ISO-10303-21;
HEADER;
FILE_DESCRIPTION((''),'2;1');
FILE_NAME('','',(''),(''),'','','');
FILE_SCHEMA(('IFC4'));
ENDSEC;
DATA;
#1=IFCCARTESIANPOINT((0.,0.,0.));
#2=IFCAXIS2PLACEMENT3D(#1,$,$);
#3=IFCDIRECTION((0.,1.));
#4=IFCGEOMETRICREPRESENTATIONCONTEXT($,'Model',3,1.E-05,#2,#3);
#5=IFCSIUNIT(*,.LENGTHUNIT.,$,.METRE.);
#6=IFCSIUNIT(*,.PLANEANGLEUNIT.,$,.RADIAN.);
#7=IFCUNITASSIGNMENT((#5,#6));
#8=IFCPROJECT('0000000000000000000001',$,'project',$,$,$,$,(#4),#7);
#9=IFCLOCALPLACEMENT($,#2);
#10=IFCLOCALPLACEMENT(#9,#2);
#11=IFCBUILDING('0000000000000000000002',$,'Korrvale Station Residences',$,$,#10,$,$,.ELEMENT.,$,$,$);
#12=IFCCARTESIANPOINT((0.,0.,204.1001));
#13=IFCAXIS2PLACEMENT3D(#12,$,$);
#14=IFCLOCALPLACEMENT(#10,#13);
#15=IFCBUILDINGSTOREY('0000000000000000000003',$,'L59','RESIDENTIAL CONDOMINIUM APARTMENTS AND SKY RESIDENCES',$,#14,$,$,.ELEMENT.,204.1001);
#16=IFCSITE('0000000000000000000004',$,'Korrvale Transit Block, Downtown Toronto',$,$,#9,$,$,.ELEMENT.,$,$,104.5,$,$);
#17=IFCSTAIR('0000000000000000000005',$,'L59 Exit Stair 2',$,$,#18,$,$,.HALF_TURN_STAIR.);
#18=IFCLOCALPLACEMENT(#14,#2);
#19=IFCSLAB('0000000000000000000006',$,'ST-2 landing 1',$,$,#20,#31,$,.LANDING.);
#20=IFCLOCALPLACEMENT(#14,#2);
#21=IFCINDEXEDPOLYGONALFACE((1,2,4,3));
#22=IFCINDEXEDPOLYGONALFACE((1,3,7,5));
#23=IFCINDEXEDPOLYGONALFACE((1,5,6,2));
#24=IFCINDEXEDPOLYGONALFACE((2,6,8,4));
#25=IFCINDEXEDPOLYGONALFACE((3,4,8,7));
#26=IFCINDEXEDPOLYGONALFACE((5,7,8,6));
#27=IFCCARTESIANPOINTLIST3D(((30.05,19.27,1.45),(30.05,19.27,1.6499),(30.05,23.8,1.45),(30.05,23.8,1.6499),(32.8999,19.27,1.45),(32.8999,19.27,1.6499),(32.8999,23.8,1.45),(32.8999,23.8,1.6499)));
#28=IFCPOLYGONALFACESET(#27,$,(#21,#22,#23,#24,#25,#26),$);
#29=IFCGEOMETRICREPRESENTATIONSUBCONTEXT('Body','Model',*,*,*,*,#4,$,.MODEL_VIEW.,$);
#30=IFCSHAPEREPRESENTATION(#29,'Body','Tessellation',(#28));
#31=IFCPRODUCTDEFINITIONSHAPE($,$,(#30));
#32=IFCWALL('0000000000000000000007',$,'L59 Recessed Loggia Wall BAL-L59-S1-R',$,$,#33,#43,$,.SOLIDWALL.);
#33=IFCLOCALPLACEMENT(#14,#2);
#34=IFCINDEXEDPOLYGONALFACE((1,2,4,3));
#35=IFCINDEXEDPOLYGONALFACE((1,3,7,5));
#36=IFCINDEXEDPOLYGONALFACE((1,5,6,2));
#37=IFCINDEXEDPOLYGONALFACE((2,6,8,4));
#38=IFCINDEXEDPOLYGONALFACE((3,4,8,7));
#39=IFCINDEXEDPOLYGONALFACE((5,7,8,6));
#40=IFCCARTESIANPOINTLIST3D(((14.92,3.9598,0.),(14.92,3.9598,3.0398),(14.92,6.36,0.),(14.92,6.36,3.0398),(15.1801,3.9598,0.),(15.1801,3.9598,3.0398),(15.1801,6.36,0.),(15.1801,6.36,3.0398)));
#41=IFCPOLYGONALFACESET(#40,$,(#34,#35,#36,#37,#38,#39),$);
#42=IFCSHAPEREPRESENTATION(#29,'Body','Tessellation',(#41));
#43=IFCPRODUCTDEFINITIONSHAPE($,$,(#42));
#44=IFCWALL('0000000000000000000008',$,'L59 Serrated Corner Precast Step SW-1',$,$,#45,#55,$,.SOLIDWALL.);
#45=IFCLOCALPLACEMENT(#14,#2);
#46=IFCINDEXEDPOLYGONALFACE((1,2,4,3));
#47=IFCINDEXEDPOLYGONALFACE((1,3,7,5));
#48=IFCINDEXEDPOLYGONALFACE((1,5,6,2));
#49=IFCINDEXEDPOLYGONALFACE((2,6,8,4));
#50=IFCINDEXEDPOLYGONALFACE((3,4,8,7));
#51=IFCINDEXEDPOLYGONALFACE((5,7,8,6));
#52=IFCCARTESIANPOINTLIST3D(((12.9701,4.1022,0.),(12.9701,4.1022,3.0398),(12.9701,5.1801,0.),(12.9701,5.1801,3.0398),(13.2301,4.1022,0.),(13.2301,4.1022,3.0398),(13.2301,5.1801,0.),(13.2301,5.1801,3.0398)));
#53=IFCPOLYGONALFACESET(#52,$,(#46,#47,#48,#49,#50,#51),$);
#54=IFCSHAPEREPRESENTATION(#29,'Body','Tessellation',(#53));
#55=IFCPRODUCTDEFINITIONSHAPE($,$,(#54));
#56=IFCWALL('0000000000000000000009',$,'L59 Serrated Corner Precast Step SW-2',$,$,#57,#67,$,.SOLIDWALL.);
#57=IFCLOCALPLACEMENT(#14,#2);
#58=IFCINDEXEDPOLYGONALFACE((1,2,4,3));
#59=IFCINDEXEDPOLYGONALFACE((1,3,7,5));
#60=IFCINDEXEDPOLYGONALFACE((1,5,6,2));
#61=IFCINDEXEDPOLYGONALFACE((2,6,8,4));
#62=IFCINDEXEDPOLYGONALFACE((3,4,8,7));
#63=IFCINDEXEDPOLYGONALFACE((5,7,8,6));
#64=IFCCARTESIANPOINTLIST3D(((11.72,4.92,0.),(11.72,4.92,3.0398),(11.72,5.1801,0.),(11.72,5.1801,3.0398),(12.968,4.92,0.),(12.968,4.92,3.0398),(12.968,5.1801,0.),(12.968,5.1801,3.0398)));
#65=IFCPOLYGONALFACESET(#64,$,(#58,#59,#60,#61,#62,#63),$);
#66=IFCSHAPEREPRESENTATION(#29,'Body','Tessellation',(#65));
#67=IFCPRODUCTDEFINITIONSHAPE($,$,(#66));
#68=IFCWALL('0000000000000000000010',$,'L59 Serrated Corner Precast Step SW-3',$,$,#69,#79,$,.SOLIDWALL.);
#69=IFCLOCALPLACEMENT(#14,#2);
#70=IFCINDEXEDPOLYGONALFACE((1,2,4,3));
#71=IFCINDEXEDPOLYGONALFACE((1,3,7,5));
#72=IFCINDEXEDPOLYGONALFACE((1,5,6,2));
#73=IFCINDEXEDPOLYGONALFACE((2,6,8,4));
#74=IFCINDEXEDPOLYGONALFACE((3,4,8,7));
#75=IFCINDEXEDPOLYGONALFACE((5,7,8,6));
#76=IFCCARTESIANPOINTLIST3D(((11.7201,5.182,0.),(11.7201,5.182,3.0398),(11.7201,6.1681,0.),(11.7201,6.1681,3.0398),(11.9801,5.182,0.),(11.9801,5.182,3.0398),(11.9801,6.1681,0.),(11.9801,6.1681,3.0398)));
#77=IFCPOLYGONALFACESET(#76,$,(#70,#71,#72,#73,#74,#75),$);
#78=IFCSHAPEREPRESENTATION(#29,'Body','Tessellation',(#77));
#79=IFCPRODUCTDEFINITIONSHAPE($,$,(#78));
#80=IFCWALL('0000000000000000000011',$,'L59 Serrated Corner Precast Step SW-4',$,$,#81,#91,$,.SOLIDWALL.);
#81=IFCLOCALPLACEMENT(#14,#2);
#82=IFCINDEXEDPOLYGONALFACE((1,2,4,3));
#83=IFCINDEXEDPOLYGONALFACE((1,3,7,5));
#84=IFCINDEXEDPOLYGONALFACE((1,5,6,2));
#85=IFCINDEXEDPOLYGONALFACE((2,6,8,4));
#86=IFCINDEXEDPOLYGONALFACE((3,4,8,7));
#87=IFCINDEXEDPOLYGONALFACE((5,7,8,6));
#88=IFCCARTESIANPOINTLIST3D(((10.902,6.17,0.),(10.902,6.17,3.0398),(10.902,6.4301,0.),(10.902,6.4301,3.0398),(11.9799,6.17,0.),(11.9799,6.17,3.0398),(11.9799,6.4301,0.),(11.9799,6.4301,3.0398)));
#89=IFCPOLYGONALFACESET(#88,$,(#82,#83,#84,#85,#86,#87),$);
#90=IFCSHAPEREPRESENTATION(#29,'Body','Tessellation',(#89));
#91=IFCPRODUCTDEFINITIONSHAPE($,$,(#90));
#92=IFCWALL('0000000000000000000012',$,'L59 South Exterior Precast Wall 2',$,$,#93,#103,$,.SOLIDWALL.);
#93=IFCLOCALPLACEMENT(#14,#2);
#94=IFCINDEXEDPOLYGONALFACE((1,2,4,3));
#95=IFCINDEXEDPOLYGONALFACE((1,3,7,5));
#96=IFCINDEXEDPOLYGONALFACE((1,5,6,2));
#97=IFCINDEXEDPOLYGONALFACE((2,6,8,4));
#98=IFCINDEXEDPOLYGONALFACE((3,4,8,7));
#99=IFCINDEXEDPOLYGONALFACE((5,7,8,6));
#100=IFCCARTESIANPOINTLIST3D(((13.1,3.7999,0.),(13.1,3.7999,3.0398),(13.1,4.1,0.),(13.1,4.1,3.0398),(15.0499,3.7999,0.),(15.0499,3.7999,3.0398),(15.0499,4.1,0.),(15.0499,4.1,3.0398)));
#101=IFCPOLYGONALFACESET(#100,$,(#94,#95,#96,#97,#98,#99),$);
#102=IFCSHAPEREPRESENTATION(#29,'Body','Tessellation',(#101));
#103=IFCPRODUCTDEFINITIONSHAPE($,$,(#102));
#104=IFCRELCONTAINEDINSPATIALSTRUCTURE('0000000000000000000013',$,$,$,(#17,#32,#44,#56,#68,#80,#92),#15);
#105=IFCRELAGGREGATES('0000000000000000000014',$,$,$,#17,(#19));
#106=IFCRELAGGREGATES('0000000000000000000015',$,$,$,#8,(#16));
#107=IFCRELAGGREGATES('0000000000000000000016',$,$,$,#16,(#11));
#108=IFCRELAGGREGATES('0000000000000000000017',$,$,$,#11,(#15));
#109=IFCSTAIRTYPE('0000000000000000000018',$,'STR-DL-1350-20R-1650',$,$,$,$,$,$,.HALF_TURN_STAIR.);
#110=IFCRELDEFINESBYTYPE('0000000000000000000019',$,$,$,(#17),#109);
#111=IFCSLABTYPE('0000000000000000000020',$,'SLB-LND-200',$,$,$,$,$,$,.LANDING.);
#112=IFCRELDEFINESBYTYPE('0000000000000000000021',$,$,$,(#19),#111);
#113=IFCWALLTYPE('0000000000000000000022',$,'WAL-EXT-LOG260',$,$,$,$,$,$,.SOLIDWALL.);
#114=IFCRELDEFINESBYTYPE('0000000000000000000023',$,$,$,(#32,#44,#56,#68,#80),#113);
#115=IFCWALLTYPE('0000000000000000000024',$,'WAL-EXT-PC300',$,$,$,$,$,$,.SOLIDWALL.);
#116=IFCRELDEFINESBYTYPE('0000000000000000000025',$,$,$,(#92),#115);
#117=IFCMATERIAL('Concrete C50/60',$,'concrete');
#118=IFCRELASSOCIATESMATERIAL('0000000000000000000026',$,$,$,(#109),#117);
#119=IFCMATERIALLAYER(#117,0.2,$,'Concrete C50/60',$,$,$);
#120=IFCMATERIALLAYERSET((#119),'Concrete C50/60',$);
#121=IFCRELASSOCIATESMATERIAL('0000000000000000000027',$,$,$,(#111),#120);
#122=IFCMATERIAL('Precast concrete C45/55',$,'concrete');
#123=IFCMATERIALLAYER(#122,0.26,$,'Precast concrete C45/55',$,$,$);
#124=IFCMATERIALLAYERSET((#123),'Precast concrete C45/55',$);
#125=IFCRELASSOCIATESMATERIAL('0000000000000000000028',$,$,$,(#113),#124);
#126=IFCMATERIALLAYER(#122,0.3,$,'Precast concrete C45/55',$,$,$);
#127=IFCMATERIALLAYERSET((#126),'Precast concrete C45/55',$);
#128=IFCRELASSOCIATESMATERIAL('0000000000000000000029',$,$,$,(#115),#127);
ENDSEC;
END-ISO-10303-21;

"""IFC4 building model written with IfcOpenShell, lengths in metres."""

from ifc_helpers import new_model, si_unit, direction, frame, frame_2d, origin, place, context, subcontext, project, spatial, polyline, rectangle, outline, extrude, material, layer, layer_set, type_object, element, aggregate, save


model = new_model("IFC4")

# Units and contexts
model_context = context("Model", 3, precision=1e-05, world=origin(), true_north=direction((0.0, 1.0)))
body_context = subcontext(model_context, "Body", "Model", "MODEL_VIEW")
ifc_project = project(units=[si_unit("LENGTHUNIT", "METRE"), si_unit("PLANEANGLEUNIT", "RADIAN")], contexts=[model_context])

# Site, building, storey
site_placement = place(None, origin())
site = spatial("IfcSite", under=ifc_project, at=site_placement, Name="Korrvale Transit Block, Downtown Toronto", CompositionType="ELEMENT", RefElevation=104.5)
building_placement = place(site_placement, origin())
building = spatial("IfcBuilding", under=site, at=building_placement, Name="Korrvale Station Residences", CompositionType="ELEMENT")
storey_placement = place(building_placement, frame((0.0, 0.0, 204.1001)))
storey = spatial("IfcBuildingStorey", under=building, at=storey_placement, Name="L59", Description="RESIDENTIAL CONDOMINIUM APARTMENTS AND SKY RESIDENCES", CompositionType="ELEMENT", Elevation=204.1001)

# Shared definitions
ifc_material_1 = material(Name="Concrete C50/60", Category="concrete")

# Stair, slab
stair_type = type_object("IfcStairType", Name="STR-DL-1350-20R-1650", PredefinedType="HALF_TURN_STAIR", material=ifc_material_1)
ifc_layer_1 = layer(ifc_material_1, 0.2, Name="Concrete C50/60")
ifc_layer_set_1 = layer_set([ifc_layer_1], Name="Concrete C50/60")
slab_type_1 = type_object("IfcSlabType", Name="SLB-LND-200", PredefinedType="LANDING", material=ifc_layer_set_1)
stair_1_placement = place(storey_placement, origin())
stair_1 = element("IfcStair", 1, at=stair_1_placement, inside=storey, type_object=stair_type, Name="L59 Exit Stair 2", PredefinedType="HALF_TURN_STAIR")
slab_1_placement = place(storey_placement, frame((0.0, 0.0, 1.45)))
slab_1 = element("IfcSlab", 2, at=slab_1_placement, type_object=slab_type_1, Name="ST-2 landing 1", PredefinedType="LANDING", context=body_context, shape_type="SweptSolid", body=[
    extrude(outline(polyline([(32.8999, 19.27), (32.8999, 23.8), (30.05, 23.8), (30.05, 19.27), (32.8999, 19.27)])), origin(), (0.0, 0.0, 1.0), 0.2),
])
aggregate(stair_1, [slab_1])

# Walls
ifc_material_2 = material(Name="Precast concrete C45/55", Category="concrete")
ifc_layer_2 = layer(ifc_material_2, 0.26, Name="Precast concrete C45/55")
ifc_layer_set_2 = layer_set([ifc_layer_2], Name="Precast concrete C45/55")
wall_type_1 = type_object("IfcWallType", Name="WAL-EXT-LOG260", PredefinedType="SOLIDWALL", material=ifc_layer_set_2)
wall_1_placement = place(storey_placement, frame((15.05, 6.3601, 0.0), z_axis=(0.0, 0.0, 1.0), x_axis=(0.0, -1.0, 0.0)))
element("IfcWall", 3, at=wall_1_placement, inside=storey, type_object=wall_type_1, Name="L59 Recessed Loggia Wall BAL-L59-S1-R", PredefinedType="SOLIDWALL", context=body_context, shape_type="SweptSolid", body=[
    extrude(rectangle(XDim=2.4001, YDim=0.26, at=frame_2d((1.2002, 0.0))), origin(), (0.0, 0.0, 1.0), 3.0398),
])
wall_2_placement = place(storey_placement, frame((13.1001, 4.1021, 0.0), z_axis=(0.0, 0.0, 1.0), x_axis=(0.0, 1.0, 0.0)))
element("IfcWall", 4, at=wall_2_placement, inside=storey, type_object=wall_type_1, Name="L59 Serrated Corner Precast Step SW-1", PredefinedType="SOLIDWALL", context=body_context, shape_type="SweptSolid", body=[
    extrude(rectangle(XDim=1.0779, YDim=0.26, at=frame_2d((0.5391, 0.0))), origin(), (0.0, 0.0, 1.0), 3.0398),
])
wall_3_placement = place(storey_placement, frame((12.968, 5.05, 0.0), z_axis=(0.0, 0.0, 1.0), x_axis=(-1.0, 0.0, 0.0)))
element("IfcWall", 5, at=wall_3_placement, inside=storey, type_object=wall_type_1, Name="L59 Serrated Corner Precast Step SW-2", PredefinedType="SOLIDWALL", context=body_context, shape_type="SweptSolid", body=[
    extrude(rectangle(XDim=1.248, YDim=0.26, at=frame_2d((0.624, 0.0))), origin(), (0.0, 0.0, 1.0), 3.0398),
])
wall_4_placement = place(storey_placement, frame((11.8501, 5.1819, 0.0), z_axis=(0.0, 0.0, 1.0), x_axis=(0.0, 1.0, 0.0)))
element("IfcWall", 6, at=wall_4_placement, inside=storey, type_object=wall_type_1, Name="L59 Serrated Corner Precast Step SW-3", PredefinedType="SOLIDWALL", context=body_context, shape_type="SweptSolid", body=[
    extrude(rectangle(XDim=0.9861, YDim=0.26, at=frame_2d((0.4932, 0.0))), origin(), (0.0, 0.0, 1.0), 3.0398),
])
wall_5_placement = place(storey_placement, frame((11.98, 6.3, 0.0), z_axis=(0.0, 0.0, 1.0), x_axis=(-1.0, 0.0, 0.0)))
element("IfcWall", 7, at=wall_5_placement, inside=storey, type_object=wall_type_1, Name="L59 Serrated Corner Precast Step SW-4", PredefinedType="SOLIDWALL", context=body_context, shape_type="SweptSolid", body=[
    extrude(rectangle(XDim=1.0779, YDim=0.26, at=frame_2d((0.5391, 0.0))), origin(), (0.0, 0.0, 1.0), 3.0398),
])
ifc_layer_3 = layer(ifc_material_2, 0.3, Name="Precast concrete C45/55")
ifc_layer_set_3 = layer_set([ifc_layer_3], Name="Precast concrete C45/55")
wall_type_2 = type_object("IfcWallType", Name="WAL-EXT-PC300", PredefinedType="SOLIDWALL", material=ifc_layer_set_3)
wall_6_placement = place(storey_placement, frame((15.05, 3.95, 0.0), z_axis=(0.0, 0.0, 1.0), x_axis=(-1.0, 0.0, 0.0)))
element("IfcWall", 8, at=wall_6_placement, inside=storey, type_object=wall_type_2, Name="L59 South Exterior Precast Wall 2", PredefinedType="SOLIDWALL", context=body_context, shape_type="SweptSolid", body=[
    extrude(rectangle(XDim=1.95, YDim=0.3, at=frame_2d((0.9751, 0.0))), origin(), (0.0, 0.0, 1.0), 3.0398),
])

save(model, "model.ifc")
